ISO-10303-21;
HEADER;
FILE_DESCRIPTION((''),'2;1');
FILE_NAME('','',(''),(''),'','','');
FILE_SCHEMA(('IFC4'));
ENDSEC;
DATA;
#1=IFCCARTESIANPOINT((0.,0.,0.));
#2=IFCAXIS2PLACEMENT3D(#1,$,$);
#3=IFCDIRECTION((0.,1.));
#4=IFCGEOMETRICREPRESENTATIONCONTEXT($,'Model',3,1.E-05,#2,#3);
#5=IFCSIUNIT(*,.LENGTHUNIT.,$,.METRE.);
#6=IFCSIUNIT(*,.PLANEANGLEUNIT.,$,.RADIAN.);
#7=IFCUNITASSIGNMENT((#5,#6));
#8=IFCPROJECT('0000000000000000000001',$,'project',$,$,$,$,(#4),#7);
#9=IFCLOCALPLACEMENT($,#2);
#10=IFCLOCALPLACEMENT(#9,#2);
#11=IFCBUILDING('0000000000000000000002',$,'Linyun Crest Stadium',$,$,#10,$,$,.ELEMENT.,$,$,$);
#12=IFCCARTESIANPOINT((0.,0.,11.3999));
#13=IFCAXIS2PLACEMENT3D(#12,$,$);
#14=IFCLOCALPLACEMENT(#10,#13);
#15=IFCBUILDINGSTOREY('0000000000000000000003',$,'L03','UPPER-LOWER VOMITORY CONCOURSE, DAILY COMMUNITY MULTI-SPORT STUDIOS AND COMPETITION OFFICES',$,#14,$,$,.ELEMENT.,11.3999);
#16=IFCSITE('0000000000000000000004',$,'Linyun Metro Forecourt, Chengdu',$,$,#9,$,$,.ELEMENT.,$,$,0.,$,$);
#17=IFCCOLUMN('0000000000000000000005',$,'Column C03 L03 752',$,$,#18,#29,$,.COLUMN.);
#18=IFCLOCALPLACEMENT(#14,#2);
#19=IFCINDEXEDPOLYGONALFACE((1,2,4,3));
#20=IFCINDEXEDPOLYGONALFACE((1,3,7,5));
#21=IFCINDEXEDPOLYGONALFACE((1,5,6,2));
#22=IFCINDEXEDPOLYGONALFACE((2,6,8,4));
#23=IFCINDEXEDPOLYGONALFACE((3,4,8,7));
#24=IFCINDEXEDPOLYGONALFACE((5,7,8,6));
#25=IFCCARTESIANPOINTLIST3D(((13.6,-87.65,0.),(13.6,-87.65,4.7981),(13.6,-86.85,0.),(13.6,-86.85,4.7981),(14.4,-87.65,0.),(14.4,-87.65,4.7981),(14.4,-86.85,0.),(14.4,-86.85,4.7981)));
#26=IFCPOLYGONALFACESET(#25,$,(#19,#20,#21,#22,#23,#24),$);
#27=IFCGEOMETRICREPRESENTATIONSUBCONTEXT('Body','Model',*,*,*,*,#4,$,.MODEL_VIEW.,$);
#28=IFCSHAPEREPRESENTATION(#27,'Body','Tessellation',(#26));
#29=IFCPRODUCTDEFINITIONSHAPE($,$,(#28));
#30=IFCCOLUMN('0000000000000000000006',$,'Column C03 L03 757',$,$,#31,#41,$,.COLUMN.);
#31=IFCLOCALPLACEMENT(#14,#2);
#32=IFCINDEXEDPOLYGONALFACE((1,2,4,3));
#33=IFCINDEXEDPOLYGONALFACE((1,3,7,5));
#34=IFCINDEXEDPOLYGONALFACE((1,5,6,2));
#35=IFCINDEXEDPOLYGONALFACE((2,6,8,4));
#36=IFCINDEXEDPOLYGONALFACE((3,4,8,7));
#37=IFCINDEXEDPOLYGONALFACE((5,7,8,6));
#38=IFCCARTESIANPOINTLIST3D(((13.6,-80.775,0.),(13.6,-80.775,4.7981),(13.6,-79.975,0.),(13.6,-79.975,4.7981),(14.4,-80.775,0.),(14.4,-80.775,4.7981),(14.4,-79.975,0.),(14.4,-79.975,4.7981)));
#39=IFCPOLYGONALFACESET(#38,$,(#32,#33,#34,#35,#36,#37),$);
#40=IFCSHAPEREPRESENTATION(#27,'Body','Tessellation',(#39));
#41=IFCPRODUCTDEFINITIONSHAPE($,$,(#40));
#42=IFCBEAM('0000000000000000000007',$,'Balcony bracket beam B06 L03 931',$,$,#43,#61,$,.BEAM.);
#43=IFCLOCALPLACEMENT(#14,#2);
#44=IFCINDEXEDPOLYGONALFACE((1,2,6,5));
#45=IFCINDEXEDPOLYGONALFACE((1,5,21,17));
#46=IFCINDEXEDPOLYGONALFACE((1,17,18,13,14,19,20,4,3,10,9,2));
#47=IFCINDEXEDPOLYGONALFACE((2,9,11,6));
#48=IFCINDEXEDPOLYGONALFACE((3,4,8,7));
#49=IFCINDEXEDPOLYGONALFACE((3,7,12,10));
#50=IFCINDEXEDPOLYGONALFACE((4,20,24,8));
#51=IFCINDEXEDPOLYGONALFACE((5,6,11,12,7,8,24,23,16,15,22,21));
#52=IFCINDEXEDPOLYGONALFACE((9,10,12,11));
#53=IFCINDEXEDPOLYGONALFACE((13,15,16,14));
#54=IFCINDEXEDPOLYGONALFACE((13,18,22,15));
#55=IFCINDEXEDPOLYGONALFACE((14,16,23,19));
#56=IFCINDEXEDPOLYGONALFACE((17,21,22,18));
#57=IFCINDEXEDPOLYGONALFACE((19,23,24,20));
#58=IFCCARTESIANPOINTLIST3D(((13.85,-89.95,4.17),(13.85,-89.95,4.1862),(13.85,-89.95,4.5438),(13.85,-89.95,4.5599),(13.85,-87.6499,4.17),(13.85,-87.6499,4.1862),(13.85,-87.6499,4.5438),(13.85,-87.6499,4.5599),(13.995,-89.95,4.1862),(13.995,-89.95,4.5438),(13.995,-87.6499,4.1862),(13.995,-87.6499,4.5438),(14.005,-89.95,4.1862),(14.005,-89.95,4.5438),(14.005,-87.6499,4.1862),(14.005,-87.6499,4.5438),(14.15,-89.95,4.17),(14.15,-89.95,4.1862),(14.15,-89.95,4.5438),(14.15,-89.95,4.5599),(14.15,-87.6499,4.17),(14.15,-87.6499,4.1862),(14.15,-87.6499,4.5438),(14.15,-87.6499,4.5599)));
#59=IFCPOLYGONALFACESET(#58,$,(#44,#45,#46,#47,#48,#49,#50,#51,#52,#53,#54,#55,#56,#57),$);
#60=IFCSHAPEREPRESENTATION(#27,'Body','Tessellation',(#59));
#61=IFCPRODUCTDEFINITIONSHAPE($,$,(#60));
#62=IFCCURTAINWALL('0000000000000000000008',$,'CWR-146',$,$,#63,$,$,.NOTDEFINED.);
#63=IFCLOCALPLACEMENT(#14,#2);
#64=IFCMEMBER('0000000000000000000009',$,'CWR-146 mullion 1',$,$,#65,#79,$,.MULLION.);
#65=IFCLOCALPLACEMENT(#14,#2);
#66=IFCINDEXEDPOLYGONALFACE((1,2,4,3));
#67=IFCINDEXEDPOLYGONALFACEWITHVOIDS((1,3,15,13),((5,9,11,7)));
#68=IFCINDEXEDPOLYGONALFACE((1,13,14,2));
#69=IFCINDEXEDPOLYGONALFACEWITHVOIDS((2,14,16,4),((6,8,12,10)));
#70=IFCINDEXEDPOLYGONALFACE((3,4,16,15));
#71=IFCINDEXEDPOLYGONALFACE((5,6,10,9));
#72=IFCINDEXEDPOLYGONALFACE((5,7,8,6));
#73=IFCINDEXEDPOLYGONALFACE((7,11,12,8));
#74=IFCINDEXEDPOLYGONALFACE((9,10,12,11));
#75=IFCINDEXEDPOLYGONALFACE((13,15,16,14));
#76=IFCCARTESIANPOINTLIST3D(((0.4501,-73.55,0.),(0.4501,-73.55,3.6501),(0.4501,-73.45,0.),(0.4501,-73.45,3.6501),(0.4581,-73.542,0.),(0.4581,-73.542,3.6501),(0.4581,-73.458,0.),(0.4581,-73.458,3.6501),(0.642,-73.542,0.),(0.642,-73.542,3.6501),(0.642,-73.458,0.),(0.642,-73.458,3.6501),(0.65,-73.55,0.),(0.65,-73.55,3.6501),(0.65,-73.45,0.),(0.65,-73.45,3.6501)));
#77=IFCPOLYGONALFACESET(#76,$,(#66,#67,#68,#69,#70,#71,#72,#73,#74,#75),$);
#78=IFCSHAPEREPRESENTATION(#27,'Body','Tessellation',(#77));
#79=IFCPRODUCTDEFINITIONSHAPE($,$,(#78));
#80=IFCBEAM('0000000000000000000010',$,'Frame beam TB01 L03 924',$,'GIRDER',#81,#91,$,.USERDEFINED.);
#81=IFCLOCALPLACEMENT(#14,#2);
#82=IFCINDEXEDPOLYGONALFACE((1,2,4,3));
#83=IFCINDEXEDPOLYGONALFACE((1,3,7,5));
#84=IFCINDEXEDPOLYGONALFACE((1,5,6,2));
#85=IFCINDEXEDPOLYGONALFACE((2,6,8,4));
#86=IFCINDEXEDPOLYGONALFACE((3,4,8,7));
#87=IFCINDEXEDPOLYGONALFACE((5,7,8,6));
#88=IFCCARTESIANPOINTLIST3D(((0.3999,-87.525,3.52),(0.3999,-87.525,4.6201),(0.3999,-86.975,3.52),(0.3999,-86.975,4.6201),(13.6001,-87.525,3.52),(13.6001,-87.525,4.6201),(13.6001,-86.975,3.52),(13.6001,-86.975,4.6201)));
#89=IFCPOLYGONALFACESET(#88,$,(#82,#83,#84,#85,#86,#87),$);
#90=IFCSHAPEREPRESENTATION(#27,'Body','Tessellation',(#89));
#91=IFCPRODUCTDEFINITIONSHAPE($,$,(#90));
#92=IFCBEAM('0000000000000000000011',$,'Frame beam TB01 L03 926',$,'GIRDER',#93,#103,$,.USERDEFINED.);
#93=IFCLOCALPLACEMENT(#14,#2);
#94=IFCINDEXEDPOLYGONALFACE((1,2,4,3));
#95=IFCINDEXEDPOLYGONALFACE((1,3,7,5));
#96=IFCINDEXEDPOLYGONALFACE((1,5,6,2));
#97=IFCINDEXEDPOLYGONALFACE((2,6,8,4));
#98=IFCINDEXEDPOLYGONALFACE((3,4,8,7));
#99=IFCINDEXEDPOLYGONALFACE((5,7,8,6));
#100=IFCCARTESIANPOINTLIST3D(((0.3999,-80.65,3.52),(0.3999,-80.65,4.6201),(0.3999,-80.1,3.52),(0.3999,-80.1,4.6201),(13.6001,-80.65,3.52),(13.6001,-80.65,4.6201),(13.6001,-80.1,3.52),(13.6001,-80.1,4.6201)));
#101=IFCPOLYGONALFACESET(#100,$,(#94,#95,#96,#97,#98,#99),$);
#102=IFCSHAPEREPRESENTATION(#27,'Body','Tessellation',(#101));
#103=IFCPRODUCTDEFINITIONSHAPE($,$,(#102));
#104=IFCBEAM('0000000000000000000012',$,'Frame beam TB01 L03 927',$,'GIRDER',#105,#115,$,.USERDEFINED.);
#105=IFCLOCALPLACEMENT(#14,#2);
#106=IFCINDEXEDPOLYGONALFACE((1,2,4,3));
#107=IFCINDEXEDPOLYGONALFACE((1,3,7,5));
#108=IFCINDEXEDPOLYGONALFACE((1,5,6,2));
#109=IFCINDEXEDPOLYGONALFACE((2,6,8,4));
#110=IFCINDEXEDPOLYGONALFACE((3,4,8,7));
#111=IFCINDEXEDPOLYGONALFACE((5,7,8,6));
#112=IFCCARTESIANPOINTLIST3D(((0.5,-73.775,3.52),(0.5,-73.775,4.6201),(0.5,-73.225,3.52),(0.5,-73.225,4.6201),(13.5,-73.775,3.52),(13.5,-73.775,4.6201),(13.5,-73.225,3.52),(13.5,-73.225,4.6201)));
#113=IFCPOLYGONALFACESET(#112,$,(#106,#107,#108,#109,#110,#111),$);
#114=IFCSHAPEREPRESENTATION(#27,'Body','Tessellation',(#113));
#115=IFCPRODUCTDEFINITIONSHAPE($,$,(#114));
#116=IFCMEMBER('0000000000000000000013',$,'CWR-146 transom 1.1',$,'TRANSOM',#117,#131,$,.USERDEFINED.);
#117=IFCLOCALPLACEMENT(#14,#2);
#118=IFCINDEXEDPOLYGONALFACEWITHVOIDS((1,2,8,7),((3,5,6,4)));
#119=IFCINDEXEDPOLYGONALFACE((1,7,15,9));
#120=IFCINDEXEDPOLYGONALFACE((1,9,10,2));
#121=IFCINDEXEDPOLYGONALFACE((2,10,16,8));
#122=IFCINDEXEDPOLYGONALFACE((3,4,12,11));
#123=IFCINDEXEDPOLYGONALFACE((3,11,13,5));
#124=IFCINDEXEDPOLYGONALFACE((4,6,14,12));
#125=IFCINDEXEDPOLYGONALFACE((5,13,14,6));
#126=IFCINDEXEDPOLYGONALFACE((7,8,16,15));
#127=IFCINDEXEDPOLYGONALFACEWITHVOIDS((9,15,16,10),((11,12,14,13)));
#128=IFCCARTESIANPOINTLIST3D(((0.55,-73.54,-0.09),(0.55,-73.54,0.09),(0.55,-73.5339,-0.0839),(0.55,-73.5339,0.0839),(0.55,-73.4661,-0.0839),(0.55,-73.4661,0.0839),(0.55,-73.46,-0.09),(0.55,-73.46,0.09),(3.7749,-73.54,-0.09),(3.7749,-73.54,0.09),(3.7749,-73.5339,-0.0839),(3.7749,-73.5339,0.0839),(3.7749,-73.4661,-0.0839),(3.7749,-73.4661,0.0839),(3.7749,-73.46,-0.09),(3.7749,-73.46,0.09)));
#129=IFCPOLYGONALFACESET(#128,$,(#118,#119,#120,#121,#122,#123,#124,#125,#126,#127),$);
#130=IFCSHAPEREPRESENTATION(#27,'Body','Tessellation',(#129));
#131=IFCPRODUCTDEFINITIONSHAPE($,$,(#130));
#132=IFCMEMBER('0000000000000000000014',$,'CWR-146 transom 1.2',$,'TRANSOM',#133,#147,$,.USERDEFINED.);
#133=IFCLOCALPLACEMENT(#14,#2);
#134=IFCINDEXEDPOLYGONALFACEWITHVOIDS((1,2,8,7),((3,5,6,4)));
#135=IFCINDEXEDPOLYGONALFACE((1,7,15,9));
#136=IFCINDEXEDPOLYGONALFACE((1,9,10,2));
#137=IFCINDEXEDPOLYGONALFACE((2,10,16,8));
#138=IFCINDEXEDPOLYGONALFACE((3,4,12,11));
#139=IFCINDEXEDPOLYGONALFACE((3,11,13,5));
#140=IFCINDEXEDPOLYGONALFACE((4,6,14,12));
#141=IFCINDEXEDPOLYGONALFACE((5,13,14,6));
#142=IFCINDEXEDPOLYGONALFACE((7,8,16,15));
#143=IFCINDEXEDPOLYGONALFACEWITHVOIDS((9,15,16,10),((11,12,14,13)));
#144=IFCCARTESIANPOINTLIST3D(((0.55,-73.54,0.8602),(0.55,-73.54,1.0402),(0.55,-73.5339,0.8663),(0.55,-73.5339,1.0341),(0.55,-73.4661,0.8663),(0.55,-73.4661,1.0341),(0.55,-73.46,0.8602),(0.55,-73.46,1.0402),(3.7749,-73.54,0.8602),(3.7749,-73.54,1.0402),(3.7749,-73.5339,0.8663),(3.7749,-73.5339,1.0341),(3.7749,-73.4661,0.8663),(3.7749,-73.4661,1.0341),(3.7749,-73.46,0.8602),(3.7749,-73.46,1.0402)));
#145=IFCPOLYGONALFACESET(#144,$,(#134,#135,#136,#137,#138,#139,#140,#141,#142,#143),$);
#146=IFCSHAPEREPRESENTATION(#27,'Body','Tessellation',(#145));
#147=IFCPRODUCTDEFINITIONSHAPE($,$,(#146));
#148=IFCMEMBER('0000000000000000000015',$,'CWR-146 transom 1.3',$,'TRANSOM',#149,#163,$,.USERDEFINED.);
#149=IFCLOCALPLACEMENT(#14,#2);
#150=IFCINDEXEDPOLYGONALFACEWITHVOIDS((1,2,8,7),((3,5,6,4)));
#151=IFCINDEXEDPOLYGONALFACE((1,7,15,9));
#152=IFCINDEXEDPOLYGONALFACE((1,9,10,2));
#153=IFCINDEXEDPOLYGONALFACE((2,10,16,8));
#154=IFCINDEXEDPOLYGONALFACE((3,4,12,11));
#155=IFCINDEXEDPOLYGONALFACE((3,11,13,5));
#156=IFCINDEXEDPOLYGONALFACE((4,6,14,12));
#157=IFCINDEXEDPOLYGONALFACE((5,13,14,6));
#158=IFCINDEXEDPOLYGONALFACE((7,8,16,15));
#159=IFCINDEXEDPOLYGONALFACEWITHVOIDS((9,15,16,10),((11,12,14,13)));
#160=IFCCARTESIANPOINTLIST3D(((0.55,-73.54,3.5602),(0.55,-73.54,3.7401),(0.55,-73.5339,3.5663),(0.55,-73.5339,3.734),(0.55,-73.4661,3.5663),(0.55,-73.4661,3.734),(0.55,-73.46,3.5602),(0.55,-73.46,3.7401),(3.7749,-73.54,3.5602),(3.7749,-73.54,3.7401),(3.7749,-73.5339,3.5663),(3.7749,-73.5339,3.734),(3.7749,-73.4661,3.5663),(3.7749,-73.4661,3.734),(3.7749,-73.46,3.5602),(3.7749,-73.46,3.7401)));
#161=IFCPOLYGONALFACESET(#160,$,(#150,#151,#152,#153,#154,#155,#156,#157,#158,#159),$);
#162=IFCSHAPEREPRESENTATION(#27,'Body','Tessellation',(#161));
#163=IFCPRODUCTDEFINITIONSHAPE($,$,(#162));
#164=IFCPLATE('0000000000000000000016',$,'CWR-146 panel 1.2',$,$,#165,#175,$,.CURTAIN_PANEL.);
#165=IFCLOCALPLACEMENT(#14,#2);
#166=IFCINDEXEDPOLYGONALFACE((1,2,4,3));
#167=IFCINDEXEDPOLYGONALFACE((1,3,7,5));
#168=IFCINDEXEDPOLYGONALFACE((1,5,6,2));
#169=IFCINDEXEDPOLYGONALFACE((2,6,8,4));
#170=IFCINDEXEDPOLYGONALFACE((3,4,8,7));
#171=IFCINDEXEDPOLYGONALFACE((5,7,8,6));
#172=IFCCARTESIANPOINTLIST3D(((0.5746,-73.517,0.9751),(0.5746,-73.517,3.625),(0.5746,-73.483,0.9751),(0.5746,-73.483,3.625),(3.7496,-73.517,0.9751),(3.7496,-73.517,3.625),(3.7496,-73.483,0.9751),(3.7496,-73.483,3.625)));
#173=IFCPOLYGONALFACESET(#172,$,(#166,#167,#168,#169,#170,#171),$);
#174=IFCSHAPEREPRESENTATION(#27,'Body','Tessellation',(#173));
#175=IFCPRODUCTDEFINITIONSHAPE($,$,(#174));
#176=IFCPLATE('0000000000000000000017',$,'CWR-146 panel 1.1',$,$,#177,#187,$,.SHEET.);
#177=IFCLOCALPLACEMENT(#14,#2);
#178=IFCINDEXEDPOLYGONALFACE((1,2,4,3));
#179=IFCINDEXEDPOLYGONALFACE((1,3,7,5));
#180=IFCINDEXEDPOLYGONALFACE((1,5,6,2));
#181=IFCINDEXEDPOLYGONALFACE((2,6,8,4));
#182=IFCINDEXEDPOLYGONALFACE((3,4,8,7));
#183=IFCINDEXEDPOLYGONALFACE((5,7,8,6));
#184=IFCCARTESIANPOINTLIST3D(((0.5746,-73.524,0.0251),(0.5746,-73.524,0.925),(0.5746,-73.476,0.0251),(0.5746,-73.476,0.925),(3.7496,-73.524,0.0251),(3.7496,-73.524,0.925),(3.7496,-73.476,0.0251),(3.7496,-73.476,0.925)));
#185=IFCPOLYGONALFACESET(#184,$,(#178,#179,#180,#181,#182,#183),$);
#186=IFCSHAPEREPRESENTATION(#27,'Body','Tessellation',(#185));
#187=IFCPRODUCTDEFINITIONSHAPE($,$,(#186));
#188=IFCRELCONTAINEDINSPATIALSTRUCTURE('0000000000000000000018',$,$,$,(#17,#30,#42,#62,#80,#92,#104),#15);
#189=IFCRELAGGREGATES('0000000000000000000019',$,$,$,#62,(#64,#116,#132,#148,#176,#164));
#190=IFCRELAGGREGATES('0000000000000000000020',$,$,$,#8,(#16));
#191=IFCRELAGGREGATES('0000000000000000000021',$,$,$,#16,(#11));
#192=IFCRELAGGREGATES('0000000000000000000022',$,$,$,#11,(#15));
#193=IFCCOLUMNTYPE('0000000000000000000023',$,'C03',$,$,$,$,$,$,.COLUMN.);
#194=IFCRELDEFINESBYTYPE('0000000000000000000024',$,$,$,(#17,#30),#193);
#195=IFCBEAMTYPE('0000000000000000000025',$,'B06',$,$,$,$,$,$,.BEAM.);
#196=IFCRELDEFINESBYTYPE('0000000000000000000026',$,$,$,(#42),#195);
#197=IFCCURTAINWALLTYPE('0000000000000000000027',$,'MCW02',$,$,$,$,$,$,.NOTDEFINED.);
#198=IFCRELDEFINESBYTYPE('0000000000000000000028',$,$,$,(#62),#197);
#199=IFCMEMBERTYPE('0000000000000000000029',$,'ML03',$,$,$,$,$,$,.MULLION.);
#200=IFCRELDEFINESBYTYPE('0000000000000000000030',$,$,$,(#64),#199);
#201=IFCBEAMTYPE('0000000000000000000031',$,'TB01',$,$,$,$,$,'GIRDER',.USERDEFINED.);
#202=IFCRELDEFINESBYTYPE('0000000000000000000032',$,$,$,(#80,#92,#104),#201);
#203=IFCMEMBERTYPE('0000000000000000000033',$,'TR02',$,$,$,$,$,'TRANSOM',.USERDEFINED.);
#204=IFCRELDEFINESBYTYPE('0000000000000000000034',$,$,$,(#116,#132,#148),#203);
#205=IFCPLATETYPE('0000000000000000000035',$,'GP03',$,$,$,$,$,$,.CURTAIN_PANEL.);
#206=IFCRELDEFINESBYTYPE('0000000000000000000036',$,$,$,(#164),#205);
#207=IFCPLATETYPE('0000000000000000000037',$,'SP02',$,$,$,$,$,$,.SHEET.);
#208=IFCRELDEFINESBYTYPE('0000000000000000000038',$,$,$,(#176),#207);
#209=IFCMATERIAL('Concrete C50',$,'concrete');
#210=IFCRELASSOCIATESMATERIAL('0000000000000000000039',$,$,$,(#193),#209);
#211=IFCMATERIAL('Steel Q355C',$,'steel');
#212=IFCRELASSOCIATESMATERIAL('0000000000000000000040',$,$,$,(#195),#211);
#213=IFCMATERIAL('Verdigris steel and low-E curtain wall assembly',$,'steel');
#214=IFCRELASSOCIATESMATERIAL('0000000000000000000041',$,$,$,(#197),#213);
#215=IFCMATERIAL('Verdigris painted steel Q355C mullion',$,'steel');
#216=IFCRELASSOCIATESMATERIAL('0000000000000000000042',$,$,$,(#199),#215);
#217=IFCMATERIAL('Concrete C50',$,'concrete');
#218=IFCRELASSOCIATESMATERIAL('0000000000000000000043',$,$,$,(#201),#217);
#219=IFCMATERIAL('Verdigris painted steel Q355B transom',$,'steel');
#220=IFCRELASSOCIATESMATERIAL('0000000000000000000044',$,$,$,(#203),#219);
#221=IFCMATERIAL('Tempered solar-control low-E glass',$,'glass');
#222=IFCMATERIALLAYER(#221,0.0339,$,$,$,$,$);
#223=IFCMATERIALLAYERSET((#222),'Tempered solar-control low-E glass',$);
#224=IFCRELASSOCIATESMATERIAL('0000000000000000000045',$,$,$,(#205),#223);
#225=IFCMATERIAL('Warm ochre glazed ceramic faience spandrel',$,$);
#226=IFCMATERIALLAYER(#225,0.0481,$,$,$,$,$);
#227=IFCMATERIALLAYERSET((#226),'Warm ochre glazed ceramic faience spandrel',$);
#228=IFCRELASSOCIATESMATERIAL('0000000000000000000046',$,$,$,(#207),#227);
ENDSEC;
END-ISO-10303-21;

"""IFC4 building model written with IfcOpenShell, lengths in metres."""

from ifc_helpers import new_model, si_unit, direction, frame, origin, origin_2d, place, context, subcontext, project, spatial, rectangle, hollow_rectangle, i_section, extrude, material, layer, layer_set, material_profile, profile_set, type_object, element, aggregate, save


model = new_model("IFC4")

# Units and contexts
model_context = context("Model", 3, precision=1e-05, world=origin(), true_north=direction((0.0, 1.0)))
body_context = subcontext(model_context, "Body", "Model", "MODEL_VIEW")
ifc_project = project(units=[si_unit("LENGTHUNIT", "METRE"), si_unit("PLANEANGLEUNIT", "RADIAN")], contexts=[model_context])

# Site, building, storey
site_placement = place(None, origin())
site = spatial("IfcSite", under=ifc_project, at=site_placement, Name="Linyun Metro Forecourt, Chengdu", CompositionType="ELEMENT", RefElevation=0.0)
building_placement = place(site_placement, origin())
building = spatial("IfcBuilding", under=site, at=building_placement, Name="Linyun Crest Stadium", CompositionType="ELEMENT")
storey_placement = place(building_placement, frame((0.0, 0.0, 11.3999)))
storey = spatial("IfcBuildingStorey", under=building, at=storey_placement, Name="L03", Description="UPPER-LOWER VOMITORY CONCOURSE, DAILY COMMUNITY MULTI-SPORT STUDIOS AND COMPETITION OFFICES", CompositionType="ELEMENT", Elevation=11.3999)

# Columns
ifc_material_1 = material(Name="Concrete C50", Category="concrete")
ifc_material_profile_1 = material_profile(ifc_material_1, rectangle(XDim=0.8, YDim=0.8, at=origin_2d()), Name="RC 800x800")
ifc_profile_set_1 = profile_set([ifc_material_profile_1], Name="Concrete C50")
column_type = type_object("IfcColumnType", Name="C03", PredefinedType="COLUMN", material=ifc_profile_set_1)
for number, where, z_axis, x_axis, name in (
    (1, (14.0, -87.25, 0.0), (0.0, 0.0, 1.0), (1.0, 0.0, 0.0), "Column C03 L03 752"),
    (2, (14.0, -80.375, 0.0), (0.0, 0.0, 1.0), (1.0, 0.0, 0.0), "Column C03 L03 757"),
):
    element("IfcColumn", number, at=place(storey_placement, frame(where, z_axis=z_axis, x_axis=x_axis)), inside=storey, type_object=column_type, Name=name, PredefinedType="COLUMN", context=body_context, shape_type="SweptSolid", body=[
        extrude(rectangle(XDim=0.8, YDim=0.8, at=origin_2d()), origin(), (0.0, 0.0, 1.0), 4.7981),
    ])

# Beam
ifc_material_2 = material(Name="Steel Q355C", Category="steel")
ifc_material_profile_2 = material_profile(ifc_material_2, i_section(OverallWidth=0.3, OverallDepth=0.3899, WebThickness=0.01, FlangeThickness=0.0161, at=origin_2d()), Name="HM 390x300")
ifc_profile_set_2 = profile_set([ifc_material_profile_2], Name="Steel Q355C")
beam_type_1 = type_object("IfcBeamType", Name="B06", PredefinedType="BEAM", material=ifc_profile_set_2)
beam_1_placement = place(storey_placement, frame((14.0, -89.95, 4.365), z_axis=(0.0, 1.0, 0.0), x_axis=(-1.0, 0.0, 0.0)))
element("IfcBeam", 3, at=beam_1_placement, inside=storey, type_object=beam_type_1, Name="Balcony bracket beam B06 L03 931", PredefinedType="BEAM", context=body_context, shape_type="SweptSolid", body=[
    extrude(i_section(OverallWidth=0.3, OverallDepth=0.3899, WebThickness=0.01, FlangeThickness=0.0161, at=origin_2d()), origin(), (0.0, 0.0, 1.0), 2.3),
])

# Curtain wall, member
ifc_material_3 = material(Name="Verdigris steel and low-E curtain wall assembly", Category="steel")
curtain_wall_type = type_object("IfcCurtainWallType", Name="MCW02", PredefinedType="NOTDEFINED", material=ifc_material_3)
curtain_wall_placement = place(storey_placement, origin())
curtain_wall = element("IfcCurtainWall", 4, at=curtain_wall_placement, inside=storey, type_object=curtain_wall_type, Name="CWR-146", PredefinedType="NOTDEFINED")
ifc_material_4 = material(Name="Verdigris painted steel Q355C mullion", Category="steel")
ifc_material_profile_3 = material_profile(ifc_material_4, hollow_rectangle(XDim=0.1001, YDim=0.2, WallThickness=0.0081, at=origin_2d()), Name="RHS 200x100x8")
ifc_profile_set_3 = profile_set([ifc_material_profile_3], Name="Verdigris painted steel Q355C mullion")
member_type_1 = type_object("IfcMemberType", Name="ML03", PredefinedType="MULLION", material=ifc_profile_set_3)
member_1_placement = place(storey_placement, frame((0.55, -73.5, 0.0), z_axis=(0.0, 0.0, 1.0), x_axis=(0.0, 1.0, 0.0)))
member_1 = element("IfcMember", 5, at=member_1_placement, type_object=member_type_1, Name="CWR-146 mullion 1", PredefinedType="MULLION", context=body_context, shape_type="SweptSolid", body=[
    extrude(hollow_rectangle(XDim=0.1001, YDim=0.2, WallThickness=0.0081, at=origin_2d()), origin(), (0.0, 0.0, 1.0), 3.6501),
])

# Beams
ifc_material_5 = material(Name="Concrete C50", Category="concrete")
ifc_material_profile_4 = material_profile(ifc_material_5, rectangle(XDim=0.55, YDim=1.1001, at=origin_2d()), Name="RCB 1100x550")
ifc_profile_set_4 = profile_set([ifc_material_profile_4], Name="Concrete C50")
beam_type_2 = type_object("IfcBeamType", Name="TB01", ElementType="GIRDER", PredefinedType="USERDEFINED", material=ifc_profile_set_4)
for number, where, z_axis, x_axis, name in (
    (6, (0.3999, -87.25, 4.0701), (1.0, 0.0, 0.0), (0.0, 1.0, 0.0), "Frame beam TB01 L03 924"),
    (7, (0.3999, -80.375, 4.0701), (1.0, 0.0, 0.0), (0.0, 1.0, 0.0), "Frame beam TB01 L03 926"),
):
    element("IfcBeam", number, at=place(storey_placement, frame(where, z_axis=z_axis, x_axis=x_axis)), inside=storey, type_object=beam_type_2, Name=name, ObjectType="GIRDER", PredefinedType="USERDEFINED", context=body_context, shape_type="SweptSolid", body=[
        extrude(rectangle(XDim=0.55, YDim=1.1001, at=origin_2d()), origin(), (0.0, 0.0, 1.0), 13.2002),
    ])
beam_2_placement = place(storey_placement, frame((0.5, -73.5, 4.0701), z_axis=(1.0, 0.0, 0.0), x_axis=(0.0, 1.0, 0.0)))
element("IfcBeam", 8, at=beam_2_placement, inside=storey, type_object=beam_type_2, Name="Frame beam TB01 L03 927", ObjectType="GIRDER", PredefinedType="USERDEFINED", context=body_context, shape_type="SweptSolid", body=[
    extrude(rectangle(XDim=0.55, YDim=1.1001, at=origin_2d()), origin(), (0.0, 0.0, 1.0), 13.0),
])

# Members
ifc_material_6 = material(Name="Verdigris painted steel Q355B transom", Category="steel")
ifc_material_profile_5 = material_profile(ifc_material_6, hollow_rectangle(XDim=0.0801, YDim=0.1799, WallThickness=0.0061, at=origin_2d()), Name="RHS 180x80x6")
ifc_profile_set_5 = profile_set([ifc_material_profile_5], Name="Verdigris painted steel Q355B transom")
member_type_2 = type_object("IfcMemberType", Name="TR02", ElementType="TRANSOM", PredefinedType="USERDEFINED", material=ifc_profile_set_5)
member_2_placement = place(storey_placement, frame((0.55, -73.5, 0.0), z_axis=(1.0, 0.0, 0.0), x_axis=(0.0, 1.0, 0.0)))
member_2 = element("IfcMember", 9, at=member_2_placement, type_object=member_type_2, Name="CWR-146 transom 1.1", ObjectType="TRANSOM", PredefinedType="USERDEFINED", context=body_context, shape_type="SweptSolid", body=[
    extrude(hollow_rectangle(XDim=0.0801, YDim=0.1799, WallThickness=0.0061, at=origin_2d()), origin(), (0.0, 0.0, 1.0), 3.2249),
])
member_3_placement = place(storey_placement, frame((0.55, -73.5, 0.9502), z_axis=(1.0, 0.0, 0.0), x_axis=(0.0, 1.0, 0.0)))
member_3 = element("IfcMember", 10, at=member_3_placement, type_object=member_type_2, Name="CWR-146 transom 1.2", ObjectType="TRANSOM", PredefinedType="USERDEFINED", context=body_context, shape_type="SweptSolid", body=[
    extrude(hollow_rectangle(XDim=0.0801, YDim=0.1799, WallThickness=0.0061, at=origin_2d()), origin(), (0.0, 0.0, 1.0), 3.2249),
])
member_4_placement = place(storey_placement, frame((0.55, -73.5, 3.6501), z_axis=(1.0, 0.0, 0.0), x_axis=(0.0, 1.0, 0.0)))
member_4 = element("IfcMember", 11, at=member_4_placement, type_object=member_type_2, Name="CWR-146 transom 1.3", ObjectType="TRANSOM", PredefinedType="USERDEFINED", context=body_context, shape_type="SweptSolid", body=[
    extrude(hollow_rectangle(XDim=0.0801, YDim=0.1799, WallThickness=0.0061, at=origin_2d()), origin(), (0.0, 0.0, 1.0), 3.2249),
])

# Plates
ifc_material_7 = material(Name="Tempered solar-control low-E glass", Category="glass")
ifc_layer_1 = layer(ifc_material_7, 0.0339)
ifc_layer_set_1 = layer_set([ifc_layer_1], Name="Tempered solar-control low-E glass")
plate_type_1 = type_object("IfcPlateType", Name="GP03", PredefinedType="CURTAIN_PANEL", material=ifc_layer_set_1)
plate_1_placement = place(storey_placement, frame((2.1621, -73.5, 0.9751), z_axis=(0.0, 0.0, 1.0), x_axis=(1.0, 0.0, 0.0)))
plate_1 = element("IfcPlate", 12, at=plate_1_placement, type_object=plate_type_1, Name="CWR-146 panel 1.2", PredefinedType="CURTAIN_PANEL", context=body_context, shape_type="SweptSolid", body=[
    extrude(rectangle(XDim=3.175, YDim=0.0339, at=origin_2d()), origin(), (0.0, 0.0, 1.0), 2.6499),
])
ifc_material_8 = material(Name="Warm ochre glazed ceramic faience spandrel")
ifc_layer_2 = layer(ifc_material_8, 0.0481)
ifc_layer_set_2 = layer_set([ifc_layer_2], Name="Warm ochre glazed ceramic faience spandrel")
plate_type_2 = type_object("IfcPlateType", Name="SP02", PredefinedType="SHEET", material=ifc_layer_set_2)
plate_2_placement = place(storey_placement, frame((2.1621, -73.5, 0.0251), z_axis=(0.0, 0.0, 1.0), x_axis=(1.0, 0.0, 0.0)))
plate_2 = element("IfcPlate", 13, at=plate_2_placement, type_object=plate_type_2, Name="CWR-146 panel 1.1", PredefinedType="SHEET", context=body_context, shape_type="SweptSolid", body=[
    extrude(rectangle(XDim=3.175, YDim=0.0481, at=origin_2d()), origin(), (0.0, 0.0, 1.0), 0.8999),
])
aggregate(curtain_wall, [member_1, member_2, member_3, member_4, plate_2, plate_1])

save(model, "model.ifc")
